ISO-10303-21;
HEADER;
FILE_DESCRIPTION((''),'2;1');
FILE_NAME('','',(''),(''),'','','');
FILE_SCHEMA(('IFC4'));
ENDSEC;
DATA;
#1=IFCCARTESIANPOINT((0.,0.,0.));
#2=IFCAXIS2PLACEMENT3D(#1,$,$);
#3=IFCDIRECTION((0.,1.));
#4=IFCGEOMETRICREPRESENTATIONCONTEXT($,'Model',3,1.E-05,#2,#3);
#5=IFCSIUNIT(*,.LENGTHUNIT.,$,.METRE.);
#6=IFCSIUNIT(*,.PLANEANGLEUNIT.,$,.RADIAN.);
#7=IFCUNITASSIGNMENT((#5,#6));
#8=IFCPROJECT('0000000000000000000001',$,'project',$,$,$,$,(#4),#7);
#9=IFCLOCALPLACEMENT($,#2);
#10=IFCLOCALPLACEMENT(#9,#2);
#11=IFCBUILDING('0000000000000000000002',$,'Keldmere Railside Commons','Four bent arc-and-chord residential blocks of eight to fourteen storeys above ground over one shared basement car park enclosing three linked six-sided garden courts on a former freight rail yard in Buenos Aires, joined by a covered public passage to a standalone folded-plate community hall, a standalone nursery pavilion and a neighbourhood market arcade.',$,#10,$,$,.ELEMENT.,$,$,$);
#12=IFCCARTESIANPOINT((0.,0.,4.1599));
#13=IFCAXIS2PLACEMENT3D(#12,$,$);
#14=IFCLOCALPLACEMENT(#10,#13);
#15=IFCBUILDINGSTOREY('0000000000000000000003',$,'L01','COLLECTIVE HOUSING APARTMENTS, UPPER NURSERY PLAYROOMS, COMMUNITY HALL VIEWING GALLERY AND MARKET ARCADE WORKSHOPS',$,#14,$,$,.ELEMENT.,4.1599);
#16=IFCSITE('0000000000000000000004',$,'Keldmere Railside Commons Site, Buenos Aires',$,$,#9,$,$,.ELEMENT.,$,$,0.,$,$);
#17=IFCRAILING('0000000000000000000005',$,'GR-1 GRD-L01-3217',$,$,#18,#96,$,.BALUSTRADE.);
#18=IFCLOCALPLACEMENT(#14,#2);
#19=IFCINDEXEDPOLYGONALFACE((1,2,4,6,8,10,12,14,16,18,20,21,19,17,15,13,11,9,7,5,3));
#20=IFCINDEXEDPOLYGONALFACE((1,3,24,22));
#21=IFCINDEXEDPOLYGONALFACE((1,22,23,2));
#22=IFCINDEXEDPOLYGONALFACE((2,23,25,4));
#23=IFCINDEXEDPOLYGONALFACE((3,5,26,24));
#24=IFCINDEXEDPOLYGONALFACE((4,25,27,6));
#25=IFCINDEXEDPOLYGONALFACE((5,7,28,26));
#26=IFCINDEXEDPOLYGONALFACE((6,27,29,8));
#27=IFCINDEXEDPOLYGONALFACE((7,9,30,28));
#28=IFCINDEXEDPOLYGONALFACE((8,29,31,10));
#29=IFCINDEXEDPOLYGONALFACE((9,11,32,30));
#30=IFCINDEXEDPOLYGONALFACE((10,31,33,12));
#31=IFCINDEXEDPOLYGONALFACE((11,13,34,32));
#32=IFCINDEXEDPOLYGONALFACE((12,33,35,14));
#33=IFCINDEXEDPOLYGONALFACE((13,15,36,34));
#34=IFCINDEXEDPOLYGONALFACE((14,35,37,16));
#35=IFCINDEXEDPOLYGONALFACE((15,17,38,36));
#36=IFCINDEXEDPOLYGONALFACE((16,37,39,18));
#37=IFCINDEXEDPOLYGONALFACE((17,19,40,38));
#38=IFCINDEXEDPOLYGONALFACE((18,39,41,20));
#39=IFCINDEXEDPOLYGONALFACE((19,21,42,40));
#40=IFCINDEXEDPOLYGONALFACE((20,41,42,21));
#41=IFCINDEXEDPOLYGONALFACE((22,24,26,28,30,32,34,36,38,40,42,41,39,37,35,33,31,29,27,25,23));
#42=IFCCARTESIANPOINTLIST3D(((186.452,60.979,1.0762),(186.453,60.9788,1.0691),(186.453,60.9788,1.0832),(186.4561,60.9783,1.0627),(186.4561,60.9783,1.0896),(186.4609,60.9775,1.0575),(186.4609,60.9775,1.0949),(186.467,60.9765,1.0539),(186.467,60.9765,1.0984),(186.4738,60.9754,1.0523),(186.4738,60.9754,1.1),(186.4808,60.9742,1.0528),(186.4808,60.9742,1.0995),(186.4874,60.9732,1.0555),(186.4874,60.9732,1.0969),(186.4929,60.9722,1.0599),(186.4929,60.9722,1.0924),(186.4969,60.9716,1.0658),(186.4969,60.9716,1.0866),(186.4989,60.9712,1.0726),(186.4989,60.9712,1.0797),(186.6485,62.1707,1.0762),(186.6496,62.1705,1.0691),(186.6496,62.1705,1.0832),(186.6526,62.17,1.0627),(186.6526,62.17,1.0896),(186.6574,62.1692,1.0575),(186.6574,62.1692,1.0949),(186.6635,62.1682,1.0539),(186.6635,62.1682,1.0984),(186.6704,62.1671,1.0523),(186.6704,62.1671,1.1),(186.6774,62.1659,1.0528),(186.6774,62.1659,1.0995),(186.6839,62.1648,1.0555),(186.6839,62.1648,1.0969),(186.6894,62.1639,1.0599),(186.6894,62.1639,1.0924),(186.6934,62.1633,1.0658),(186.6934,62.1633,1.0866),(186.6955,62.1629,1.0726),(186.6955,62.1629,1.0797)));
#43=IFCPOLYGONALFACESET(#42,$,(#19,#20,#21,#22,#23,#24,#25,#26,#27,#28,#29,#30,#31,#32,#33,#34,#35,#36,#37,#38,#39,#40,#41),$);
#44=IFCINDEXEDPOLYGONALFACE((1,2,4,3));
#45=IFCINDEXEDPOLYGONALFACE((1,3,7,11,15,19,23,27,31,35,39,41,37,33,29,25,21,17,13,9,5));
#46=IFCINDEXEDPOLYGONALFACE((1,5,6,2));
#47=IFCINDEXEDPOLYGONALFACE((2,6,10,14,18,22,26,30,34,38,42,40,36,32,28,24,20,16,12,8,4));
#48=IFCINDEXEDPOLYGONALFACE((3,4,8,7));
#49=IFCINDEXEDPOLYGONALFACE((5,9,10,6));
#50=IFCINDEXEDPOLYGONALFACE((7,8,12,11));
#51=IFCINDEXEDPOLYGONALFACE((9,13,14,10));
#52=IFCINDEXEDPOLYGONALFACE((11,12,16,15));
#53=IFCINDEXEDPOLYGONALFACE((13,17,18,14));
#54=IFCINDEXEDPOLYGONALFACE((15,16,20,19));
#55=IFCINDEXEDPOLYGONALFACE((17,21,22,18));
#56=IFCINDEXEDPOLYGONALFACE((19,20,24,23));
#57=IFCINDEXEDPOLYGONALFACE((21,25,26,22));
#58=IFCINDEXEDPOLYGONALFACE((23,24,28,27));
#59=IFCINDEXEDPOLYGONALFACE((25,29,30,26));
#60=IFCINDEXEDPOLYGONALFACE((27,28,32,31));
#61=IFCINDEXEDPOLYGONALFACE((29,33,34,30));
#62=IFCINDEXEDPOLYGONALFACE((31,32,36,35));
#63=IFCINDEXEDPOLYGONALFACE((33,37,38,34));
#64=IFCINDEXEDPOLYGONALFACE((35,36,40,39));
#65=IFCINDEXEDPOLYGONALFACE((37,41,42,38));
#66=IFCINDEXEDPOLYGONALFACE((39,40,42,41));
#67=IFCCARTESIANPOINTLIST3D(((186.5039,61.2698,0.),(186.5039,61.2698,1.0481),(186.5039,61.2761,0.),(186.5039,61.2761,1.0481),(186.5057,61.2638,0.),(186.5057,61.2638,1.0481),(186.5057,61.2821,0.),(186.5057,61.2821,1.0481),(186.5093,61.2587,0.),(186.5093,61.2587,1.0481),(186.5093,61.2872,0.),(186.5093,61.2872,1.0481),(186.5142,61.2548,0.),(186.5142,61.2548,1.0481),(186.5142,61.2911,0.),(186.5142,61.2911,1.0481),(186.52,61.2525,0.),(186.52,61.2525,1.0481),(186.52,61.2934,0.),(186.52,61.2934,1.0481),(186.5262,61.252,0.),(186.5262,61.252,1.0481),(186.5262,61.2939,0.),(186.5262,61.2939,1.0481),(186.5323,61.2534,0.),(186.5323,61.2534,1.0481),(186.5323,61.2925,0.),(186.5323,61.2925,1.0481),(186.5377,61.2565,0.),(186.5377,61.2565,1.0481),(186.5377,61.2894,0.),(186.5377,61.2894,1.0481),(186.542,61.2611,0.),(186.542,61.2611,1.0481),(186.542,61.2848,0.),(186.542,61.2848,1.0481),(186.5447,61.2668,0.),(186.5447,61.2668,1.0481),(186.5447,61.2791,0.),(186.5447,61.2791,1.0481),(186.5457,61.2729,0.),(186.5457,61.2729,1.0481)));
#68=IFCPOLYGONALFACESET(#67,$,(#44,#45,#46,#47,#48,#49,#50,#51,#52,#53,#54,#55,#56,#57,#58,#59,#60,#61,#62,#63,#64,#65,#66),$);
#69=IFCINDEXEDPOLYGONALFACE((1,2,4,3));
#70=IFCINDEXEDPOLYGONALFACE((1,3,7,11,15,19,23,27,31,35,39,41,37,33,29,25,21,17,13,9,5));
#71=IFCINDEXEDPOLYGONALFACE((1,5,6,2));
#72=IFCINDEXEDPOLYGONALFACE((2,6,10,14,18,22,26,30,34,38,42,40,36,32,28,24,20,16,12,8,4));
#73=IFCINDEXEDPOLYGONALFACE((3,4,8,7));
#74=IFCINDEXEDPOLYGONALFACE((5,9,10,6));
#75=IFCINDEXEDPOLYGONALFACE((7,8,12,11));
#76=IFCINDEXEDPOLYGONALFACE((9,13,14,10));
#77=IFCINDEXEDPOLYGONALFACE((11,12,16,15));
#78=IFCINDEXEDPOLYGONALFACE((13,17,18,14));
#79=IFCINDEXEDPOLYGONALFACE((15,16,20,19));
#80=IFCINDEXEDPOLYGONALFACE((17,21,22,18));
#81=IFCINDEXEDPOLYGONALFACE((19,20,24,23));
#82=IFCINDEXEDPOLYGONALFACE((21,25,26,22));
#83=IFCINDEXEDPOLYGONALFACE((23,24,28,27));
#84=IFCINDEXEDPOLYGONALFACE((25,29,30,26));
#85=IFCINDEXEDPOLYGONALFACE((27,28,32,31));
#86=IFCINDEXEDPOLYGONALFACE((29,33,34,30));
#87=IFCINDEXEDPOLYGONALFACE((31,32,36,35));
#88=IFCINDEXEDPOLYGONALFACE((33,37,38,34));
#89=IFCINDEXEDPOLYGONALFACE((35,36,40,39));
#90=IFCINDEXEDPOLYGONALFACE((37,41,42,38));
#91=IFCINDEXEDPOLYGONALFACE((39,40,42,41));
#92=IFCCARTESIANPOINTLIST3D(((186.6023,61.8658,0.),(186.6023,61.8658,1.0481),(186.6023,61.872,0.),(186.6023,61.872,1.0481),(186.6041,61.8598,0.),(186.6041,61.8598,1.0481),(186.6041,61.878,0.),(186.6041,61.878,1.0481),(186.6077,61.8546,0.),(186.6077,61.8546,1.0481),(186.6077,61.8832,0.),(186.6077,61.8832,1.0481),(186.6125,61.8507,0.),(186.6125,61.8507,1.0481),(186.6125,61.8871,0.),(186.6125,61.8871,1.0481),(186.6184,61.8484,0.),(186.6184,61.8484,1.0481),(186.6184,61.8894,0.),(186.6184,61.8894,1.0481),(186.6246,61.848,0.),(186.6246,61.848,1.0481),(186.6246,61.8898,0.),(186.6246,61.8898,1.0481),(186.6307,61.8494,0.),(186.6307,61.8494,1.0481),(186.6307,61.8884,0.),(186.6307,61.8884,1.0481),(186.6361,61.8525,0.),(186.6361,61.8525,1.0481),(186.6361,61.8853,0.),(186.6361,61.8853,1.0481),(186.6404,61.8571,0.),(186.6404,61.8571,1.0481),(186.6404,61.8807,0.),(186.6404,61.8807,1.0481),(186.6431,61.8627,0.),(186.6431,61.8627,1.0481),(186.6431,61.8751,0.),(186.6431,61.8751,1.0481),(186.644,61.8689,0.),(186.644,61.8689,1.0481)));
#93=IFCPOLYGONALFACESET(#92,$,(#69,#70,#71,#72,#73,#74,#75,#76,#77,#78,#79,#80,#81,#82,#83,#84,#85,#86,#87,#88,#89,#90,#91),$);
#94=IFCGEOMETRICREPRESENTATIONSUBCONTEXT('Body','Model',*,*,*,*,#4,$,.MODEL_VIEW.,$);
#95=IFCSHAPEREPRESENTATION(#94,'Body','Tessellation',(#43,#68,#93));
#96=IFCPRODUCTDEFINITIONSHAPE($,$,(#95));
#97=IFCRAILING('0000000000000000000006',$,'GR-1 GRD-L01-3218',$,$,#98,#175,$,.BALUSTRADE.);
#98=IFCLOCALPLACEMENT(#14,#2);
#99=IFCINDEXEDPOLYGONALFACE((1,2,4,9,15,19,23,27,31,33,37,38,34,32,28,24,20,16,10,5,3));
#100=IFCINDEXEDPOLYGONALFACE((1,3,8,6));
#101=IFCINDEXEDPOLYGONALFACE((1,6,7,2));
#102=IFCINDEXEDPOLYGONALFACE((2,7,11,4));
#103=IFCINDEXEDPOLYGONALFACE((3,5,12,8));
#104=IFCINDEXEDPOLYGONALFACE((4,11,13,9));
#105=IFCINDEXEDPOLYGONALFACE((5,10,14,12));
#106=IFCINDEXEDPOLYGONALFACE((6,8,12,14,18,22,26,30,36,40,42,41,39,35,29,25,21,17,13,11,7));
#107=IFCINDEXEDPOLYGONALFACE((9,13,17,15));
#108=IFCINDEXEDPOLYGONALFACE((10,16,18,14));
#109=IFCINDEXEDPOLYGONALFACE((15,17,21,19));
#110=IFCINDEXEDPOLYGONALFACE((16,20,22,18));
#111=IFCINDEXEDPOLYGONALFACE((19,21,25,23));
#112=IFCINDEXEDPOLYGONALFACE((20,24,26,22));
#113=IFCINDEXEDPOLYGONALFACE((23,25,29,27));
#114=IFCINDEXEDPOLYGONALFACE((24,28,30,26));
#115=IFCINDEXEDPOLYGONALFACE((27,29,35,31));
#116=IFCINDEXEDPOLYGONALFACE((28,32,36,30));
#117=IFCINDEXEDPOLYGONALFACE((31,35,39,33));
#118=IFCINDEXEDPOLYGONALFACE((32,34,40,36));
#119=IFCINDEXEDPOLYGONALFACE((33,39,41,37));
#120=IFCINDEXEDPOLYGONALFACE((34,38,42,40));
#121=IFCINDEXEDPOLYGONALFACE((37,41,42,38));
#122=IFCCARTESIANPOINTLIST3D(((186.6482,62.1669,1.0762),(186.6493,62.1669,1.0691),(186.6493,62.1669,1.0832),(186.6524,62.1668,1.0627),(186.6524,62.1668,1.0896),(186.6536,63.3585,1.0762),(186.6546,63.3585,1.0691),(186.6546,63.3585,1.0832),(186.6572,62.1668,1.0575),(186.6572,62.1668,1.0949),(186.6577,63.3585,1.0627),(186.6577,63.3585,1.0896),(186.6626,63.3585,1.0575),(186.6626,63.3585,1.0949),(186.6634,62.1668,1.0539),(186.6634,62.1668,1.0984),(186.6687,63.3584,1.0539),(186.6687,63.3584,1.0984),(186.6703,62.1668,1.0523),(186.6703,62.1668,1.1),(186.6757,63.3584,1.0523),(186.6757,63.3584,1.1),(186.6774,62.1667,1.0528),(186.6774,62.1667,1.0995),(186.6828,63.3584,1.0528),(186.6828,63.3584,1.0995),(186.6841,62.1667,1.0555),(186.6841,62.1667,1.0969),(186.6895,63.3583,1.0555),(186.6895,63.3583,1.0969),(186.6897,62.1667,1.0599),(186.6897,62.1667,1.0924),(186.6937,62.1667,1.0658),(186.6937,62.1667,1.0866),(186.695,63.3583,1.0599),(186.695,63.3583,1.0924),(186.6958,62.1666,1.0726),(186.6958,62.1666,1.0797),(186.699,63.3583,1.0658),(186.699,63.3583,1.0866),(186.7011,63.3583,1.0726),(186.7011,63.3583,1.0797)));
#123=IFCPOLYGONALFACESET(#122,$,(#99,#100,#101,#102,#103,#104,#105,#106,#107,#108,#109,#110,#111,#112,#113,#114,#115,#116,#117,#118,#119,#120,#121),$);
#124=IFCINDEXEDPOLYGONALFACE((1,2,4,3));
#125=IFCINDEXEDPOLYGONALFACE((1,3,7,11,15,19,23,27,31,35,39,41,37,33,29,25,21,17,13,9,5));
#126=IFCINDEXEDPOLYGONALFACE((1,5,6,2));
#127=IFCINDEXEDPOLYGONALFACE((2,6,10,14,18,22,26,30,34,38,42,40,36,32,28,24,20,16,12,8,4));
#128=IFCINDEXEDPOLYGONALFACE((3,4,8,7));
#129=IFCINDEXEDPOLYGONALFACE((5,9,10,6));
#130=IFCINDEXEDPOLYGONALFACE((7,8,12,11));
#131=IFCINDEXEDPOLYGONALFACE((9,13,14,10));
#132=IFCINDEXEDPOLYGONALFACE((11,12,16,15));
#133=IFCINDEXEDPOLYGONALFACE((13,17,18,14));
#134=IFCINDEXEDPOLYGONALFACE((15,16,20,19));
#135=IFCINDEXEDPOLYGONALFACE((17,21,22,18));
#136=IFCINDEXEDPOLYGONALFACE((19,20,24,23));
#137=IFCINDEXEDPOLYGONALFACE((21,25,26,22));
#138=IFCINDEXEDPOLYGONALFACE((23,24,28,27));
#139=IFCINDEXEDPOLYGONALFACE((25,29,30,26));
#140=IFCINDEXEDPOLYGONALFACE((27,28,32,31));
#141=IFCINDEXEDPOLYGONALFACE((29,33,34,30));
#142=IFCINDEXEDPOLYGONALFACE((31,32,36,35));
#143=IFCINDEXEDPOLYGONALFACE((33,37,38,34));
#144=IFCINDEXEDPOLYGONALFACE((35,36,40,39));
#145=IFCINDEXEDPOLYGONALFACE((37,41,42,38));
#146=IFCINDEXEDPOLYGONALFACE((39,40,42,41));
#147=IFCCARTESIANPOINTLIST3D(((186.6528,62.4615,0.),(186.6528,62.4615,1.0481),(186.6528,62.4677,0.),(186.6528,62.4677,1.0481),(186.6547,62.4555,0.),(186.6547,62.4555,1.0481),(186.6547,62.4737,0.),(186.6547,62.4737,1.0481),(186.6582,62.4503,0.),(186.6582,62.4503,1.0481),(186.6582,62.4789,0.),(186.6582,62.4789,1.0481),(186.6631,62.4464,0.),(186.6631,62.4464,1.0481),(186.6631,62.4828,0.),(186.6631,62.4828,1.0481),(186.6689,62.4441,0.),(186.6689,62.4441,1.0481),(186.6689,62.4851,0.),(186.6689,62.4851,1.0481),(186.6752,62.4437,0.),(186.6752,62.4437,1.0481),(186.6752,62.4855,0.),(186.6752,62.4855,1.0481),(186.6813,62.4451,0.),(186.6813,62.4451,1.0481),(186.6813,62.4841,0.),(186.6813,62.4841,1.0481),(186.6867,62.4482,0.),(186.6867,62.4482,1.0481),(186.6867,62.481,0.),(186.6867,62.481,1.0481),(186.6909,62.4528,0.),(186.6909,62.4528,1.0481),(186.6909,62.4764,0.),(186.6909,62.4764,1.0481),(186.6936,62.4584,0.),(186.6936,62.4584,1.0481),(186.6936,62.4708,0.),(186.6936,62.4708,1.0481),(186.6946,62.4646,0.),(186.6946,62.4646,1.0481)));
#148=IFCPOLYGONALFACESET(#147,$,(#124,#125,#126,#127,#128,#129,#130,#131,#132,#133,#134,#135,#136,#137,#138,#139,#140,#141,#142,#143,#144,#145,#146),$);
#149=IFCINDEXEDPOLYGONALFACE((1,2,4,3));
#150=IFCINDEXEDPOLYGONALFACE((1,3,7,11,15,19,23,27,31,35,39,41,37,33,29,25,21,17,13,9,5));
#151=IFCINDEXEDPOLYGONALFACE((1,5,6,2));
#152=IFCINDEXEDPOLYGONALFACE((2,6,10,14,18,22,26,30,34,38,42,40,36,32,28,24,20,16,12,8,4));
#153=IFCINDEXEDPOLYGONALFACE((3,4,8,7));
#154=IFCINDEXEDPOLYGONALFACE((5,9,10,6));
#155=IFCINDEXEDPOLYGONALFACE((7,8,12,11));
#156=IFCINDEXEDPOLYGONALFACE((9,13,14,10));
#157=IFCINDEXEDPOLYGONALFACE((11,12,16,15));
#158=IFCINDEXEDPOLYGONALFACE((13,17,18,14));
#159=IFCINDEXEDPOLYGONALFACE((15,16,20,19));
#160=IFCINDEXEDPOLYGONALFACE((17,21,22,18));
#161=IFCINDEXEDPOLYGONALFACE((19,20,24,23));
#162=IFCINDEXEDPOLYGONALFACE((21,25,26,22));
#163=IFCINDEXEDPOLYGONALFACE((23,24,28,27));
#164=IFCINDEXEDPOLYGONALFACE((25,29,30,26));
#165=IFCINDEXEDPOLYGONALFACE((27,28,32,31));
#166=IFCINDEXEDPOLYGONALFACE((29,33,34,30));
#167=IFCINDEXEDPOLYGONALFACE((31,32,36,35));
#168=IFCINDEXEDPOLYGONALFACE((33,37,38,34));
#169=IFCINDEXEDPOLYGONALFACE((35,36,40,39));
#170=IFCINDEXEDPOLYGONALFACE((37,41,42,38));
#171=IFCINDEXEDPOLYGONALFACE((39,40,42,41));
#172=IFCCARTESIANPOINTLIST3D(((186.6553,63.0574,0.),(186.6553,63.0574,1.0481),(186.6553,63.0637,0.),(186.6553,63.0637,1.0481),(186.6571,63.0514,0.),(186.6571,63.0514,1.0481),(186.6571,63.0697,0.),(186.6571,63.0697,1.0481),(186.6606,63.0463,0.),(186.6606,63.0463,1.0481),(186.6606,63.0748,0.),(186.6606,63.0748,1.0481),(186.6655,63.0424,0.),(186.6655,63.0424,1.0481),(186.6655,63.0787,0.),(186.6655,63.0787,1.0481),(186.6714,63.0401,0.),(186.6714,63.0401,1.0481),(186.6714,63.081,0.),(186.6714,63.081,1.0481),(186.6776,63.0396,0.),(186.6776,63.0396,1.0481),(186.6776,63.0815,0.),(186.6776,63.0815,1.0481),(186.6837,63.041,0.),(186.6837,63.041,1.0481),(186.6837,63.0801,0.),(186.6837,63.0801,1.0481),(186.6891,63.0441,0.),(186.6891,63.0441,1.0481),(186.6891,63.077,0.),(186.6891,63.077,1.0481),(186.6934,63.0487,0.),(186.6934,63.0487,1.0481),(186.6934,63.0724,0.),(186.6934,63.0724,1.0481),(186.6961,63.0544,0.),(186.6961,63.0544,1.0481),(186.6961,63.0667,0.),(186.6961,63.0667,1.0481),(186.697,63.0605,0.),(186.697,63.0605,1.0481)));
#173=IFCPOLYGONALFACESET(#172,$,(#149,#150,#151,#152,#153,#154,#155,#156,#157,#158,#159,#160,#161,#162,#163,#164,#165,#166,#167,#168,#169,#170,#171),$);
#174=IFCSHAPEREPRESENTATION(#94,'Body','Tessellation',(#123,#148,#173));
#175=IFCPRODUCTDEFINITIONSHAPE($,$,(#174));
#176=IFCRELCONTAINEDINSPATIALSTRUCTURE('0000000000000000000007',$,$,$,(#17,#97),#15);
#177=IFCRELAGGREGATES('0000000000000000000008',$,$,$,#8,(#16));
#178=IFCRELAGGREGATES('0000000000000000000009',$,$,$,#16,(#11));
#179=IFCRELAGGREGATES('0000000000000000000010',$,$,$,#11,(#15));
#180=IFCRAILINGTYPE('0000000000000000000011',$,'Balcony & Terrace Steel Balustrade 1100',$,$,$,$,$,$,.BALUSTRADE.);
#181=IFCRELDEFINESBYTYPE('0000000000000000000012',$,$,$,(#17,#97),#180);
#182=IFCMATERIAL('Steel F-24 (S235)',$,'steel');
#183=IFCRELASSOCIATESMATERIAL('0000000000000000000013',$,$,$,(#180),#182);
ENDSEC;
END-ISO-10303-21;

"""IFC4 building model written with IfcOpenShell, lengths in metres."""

from ifc_helpers import new_model, si_unit, direction, frame, origin, origin_2d, place, context, subcontext, project, spatial, circle, extrude, material, type_object, element, save


model = new_model("IFC4")

# Units and contexts
model_context = context("Model", 3, precision=1e-05, world=origin(), true_north=direction((0.0, 1.0)))
body_context = subcontext(model_context, "Body", "Model", "MODEL_VIEW")
ifc_project = project(units=[si_unit("LENGTHUNIT", "METRE"), si_unit("PLANEANGLEUNIT", "RADIAN")], contexts=[model_context])

# Site, building, storey
site_placement = place(None, origin())
site = spatial("IfcSite", under=ifc_project, at=site_placement, Name="Keldmere Railside Commons Site, Buenos Aires", CompositionType="ELEMENT", RefElevation=0.0)
building_placement = place(site_placement, origin())
building = spatial("IfcBuilding", under=site, at=building_placement, Name="Keldmere Railside Commons", Description="Four bent arc-and-chord residential blocks of eight to fourteen storeys above ground over one shared basement car park enclosing three linked six-sided garden courts on a former freight rail yard in Buenos Aires, joined by a covered public passage to a standalone folded-plate community hall, a standalone nursery pavilion and a neighbourhood market arcade.", CompositionType="ELEMENT")
storey_placement = place(building_placement, frame((0.0, 0.0, 4.1599)))
storey = spatial("IfcBuildingStorey", under=building, at=storey_placement, Name="L01", Description="COLLECTIVE HOUSING APARTMENTS, UPPER NURSERY PLAYROOMS, COMMUNITY HALL VIEWING GALLERY AND MARKET ARCADE WORKSHOPS", CompositionType="ELEMENT", Elevation=4.1599)

# Railings
ifc_material_1 = material(Name="Steel F-24 (S235)", Category="steel")
railing_type = type_object("IfcRailingType", Name="Balcony & Terrace Steel Balustrade 1100", PredefinedType="BALUSTRADE", material=ifc_material_1)
railing_1_placement = place(storey_placement, frame((186.4756, 60.9751, 0.0)))
element("IfcRailing", 1, at=railing_1_placement, inside=storey, type_object=railing_type, Name="GR-1 GRD-L01-3217", PredefinedType="BALUSTRADE", context=body_context, shape_type="SweptSolid", body=[
    extrude(circle(Radius=0.0239, at=origin_2d()), frame((0.0, 0.0, 1.0762), z_axis=(0.162727, 0.986671, 0.0), x_axis=(-0.986671, 0.162727, 0.0)), (0.0, 0.0, 1.0), 1.2078),
    extrude(circle(Radius=0.021, at=origin_2d()), frame((0.0491, 0.2979, 0.0)), (0.0, 0.0, 1.0), 1.0481),
    extrude(circle(Radius=0.021, at=origin_2d()), frame((0.1475, 0.8938, 0.0)), (0.0, 0.0, 1.0), 1.0481),
])
railing_2_placement = place(storey_placement, frame((186.6721, 62.1667, 0.0)))
element("IfcRailing", 2, at=railing_2_placement, inside=storey, type_object=railing_type, Name="GR-1 GRD-L01-3218", PredefinedType="BALUSTRADE", context=body_context, shape_type="SweptSolid", body=[
    extrude(circle(Radius=0.0239, at=origin_2d()), frame((0.0, 0.0, 1.0762), z_axis=(0.004507, 0.99999, 0.0), x_axis=(-0.99999, 0.004507, 0.0)), (0.0, 0.0, 1.0), 1.1917),
    extrude(circle(Radius=0.021, at=origin_2d()), frame((0.0015, 0.2979, 0.0)), (0.0, 0.0, 1.0), 1.0481),
    extrude(circle(Radius=0.021, at=origin_2d()), frame((0.0039, 0.8938, 0.0)), (0.0, 0.0, 1.0), 1.0481),
])

save(model, "model.ifc")
